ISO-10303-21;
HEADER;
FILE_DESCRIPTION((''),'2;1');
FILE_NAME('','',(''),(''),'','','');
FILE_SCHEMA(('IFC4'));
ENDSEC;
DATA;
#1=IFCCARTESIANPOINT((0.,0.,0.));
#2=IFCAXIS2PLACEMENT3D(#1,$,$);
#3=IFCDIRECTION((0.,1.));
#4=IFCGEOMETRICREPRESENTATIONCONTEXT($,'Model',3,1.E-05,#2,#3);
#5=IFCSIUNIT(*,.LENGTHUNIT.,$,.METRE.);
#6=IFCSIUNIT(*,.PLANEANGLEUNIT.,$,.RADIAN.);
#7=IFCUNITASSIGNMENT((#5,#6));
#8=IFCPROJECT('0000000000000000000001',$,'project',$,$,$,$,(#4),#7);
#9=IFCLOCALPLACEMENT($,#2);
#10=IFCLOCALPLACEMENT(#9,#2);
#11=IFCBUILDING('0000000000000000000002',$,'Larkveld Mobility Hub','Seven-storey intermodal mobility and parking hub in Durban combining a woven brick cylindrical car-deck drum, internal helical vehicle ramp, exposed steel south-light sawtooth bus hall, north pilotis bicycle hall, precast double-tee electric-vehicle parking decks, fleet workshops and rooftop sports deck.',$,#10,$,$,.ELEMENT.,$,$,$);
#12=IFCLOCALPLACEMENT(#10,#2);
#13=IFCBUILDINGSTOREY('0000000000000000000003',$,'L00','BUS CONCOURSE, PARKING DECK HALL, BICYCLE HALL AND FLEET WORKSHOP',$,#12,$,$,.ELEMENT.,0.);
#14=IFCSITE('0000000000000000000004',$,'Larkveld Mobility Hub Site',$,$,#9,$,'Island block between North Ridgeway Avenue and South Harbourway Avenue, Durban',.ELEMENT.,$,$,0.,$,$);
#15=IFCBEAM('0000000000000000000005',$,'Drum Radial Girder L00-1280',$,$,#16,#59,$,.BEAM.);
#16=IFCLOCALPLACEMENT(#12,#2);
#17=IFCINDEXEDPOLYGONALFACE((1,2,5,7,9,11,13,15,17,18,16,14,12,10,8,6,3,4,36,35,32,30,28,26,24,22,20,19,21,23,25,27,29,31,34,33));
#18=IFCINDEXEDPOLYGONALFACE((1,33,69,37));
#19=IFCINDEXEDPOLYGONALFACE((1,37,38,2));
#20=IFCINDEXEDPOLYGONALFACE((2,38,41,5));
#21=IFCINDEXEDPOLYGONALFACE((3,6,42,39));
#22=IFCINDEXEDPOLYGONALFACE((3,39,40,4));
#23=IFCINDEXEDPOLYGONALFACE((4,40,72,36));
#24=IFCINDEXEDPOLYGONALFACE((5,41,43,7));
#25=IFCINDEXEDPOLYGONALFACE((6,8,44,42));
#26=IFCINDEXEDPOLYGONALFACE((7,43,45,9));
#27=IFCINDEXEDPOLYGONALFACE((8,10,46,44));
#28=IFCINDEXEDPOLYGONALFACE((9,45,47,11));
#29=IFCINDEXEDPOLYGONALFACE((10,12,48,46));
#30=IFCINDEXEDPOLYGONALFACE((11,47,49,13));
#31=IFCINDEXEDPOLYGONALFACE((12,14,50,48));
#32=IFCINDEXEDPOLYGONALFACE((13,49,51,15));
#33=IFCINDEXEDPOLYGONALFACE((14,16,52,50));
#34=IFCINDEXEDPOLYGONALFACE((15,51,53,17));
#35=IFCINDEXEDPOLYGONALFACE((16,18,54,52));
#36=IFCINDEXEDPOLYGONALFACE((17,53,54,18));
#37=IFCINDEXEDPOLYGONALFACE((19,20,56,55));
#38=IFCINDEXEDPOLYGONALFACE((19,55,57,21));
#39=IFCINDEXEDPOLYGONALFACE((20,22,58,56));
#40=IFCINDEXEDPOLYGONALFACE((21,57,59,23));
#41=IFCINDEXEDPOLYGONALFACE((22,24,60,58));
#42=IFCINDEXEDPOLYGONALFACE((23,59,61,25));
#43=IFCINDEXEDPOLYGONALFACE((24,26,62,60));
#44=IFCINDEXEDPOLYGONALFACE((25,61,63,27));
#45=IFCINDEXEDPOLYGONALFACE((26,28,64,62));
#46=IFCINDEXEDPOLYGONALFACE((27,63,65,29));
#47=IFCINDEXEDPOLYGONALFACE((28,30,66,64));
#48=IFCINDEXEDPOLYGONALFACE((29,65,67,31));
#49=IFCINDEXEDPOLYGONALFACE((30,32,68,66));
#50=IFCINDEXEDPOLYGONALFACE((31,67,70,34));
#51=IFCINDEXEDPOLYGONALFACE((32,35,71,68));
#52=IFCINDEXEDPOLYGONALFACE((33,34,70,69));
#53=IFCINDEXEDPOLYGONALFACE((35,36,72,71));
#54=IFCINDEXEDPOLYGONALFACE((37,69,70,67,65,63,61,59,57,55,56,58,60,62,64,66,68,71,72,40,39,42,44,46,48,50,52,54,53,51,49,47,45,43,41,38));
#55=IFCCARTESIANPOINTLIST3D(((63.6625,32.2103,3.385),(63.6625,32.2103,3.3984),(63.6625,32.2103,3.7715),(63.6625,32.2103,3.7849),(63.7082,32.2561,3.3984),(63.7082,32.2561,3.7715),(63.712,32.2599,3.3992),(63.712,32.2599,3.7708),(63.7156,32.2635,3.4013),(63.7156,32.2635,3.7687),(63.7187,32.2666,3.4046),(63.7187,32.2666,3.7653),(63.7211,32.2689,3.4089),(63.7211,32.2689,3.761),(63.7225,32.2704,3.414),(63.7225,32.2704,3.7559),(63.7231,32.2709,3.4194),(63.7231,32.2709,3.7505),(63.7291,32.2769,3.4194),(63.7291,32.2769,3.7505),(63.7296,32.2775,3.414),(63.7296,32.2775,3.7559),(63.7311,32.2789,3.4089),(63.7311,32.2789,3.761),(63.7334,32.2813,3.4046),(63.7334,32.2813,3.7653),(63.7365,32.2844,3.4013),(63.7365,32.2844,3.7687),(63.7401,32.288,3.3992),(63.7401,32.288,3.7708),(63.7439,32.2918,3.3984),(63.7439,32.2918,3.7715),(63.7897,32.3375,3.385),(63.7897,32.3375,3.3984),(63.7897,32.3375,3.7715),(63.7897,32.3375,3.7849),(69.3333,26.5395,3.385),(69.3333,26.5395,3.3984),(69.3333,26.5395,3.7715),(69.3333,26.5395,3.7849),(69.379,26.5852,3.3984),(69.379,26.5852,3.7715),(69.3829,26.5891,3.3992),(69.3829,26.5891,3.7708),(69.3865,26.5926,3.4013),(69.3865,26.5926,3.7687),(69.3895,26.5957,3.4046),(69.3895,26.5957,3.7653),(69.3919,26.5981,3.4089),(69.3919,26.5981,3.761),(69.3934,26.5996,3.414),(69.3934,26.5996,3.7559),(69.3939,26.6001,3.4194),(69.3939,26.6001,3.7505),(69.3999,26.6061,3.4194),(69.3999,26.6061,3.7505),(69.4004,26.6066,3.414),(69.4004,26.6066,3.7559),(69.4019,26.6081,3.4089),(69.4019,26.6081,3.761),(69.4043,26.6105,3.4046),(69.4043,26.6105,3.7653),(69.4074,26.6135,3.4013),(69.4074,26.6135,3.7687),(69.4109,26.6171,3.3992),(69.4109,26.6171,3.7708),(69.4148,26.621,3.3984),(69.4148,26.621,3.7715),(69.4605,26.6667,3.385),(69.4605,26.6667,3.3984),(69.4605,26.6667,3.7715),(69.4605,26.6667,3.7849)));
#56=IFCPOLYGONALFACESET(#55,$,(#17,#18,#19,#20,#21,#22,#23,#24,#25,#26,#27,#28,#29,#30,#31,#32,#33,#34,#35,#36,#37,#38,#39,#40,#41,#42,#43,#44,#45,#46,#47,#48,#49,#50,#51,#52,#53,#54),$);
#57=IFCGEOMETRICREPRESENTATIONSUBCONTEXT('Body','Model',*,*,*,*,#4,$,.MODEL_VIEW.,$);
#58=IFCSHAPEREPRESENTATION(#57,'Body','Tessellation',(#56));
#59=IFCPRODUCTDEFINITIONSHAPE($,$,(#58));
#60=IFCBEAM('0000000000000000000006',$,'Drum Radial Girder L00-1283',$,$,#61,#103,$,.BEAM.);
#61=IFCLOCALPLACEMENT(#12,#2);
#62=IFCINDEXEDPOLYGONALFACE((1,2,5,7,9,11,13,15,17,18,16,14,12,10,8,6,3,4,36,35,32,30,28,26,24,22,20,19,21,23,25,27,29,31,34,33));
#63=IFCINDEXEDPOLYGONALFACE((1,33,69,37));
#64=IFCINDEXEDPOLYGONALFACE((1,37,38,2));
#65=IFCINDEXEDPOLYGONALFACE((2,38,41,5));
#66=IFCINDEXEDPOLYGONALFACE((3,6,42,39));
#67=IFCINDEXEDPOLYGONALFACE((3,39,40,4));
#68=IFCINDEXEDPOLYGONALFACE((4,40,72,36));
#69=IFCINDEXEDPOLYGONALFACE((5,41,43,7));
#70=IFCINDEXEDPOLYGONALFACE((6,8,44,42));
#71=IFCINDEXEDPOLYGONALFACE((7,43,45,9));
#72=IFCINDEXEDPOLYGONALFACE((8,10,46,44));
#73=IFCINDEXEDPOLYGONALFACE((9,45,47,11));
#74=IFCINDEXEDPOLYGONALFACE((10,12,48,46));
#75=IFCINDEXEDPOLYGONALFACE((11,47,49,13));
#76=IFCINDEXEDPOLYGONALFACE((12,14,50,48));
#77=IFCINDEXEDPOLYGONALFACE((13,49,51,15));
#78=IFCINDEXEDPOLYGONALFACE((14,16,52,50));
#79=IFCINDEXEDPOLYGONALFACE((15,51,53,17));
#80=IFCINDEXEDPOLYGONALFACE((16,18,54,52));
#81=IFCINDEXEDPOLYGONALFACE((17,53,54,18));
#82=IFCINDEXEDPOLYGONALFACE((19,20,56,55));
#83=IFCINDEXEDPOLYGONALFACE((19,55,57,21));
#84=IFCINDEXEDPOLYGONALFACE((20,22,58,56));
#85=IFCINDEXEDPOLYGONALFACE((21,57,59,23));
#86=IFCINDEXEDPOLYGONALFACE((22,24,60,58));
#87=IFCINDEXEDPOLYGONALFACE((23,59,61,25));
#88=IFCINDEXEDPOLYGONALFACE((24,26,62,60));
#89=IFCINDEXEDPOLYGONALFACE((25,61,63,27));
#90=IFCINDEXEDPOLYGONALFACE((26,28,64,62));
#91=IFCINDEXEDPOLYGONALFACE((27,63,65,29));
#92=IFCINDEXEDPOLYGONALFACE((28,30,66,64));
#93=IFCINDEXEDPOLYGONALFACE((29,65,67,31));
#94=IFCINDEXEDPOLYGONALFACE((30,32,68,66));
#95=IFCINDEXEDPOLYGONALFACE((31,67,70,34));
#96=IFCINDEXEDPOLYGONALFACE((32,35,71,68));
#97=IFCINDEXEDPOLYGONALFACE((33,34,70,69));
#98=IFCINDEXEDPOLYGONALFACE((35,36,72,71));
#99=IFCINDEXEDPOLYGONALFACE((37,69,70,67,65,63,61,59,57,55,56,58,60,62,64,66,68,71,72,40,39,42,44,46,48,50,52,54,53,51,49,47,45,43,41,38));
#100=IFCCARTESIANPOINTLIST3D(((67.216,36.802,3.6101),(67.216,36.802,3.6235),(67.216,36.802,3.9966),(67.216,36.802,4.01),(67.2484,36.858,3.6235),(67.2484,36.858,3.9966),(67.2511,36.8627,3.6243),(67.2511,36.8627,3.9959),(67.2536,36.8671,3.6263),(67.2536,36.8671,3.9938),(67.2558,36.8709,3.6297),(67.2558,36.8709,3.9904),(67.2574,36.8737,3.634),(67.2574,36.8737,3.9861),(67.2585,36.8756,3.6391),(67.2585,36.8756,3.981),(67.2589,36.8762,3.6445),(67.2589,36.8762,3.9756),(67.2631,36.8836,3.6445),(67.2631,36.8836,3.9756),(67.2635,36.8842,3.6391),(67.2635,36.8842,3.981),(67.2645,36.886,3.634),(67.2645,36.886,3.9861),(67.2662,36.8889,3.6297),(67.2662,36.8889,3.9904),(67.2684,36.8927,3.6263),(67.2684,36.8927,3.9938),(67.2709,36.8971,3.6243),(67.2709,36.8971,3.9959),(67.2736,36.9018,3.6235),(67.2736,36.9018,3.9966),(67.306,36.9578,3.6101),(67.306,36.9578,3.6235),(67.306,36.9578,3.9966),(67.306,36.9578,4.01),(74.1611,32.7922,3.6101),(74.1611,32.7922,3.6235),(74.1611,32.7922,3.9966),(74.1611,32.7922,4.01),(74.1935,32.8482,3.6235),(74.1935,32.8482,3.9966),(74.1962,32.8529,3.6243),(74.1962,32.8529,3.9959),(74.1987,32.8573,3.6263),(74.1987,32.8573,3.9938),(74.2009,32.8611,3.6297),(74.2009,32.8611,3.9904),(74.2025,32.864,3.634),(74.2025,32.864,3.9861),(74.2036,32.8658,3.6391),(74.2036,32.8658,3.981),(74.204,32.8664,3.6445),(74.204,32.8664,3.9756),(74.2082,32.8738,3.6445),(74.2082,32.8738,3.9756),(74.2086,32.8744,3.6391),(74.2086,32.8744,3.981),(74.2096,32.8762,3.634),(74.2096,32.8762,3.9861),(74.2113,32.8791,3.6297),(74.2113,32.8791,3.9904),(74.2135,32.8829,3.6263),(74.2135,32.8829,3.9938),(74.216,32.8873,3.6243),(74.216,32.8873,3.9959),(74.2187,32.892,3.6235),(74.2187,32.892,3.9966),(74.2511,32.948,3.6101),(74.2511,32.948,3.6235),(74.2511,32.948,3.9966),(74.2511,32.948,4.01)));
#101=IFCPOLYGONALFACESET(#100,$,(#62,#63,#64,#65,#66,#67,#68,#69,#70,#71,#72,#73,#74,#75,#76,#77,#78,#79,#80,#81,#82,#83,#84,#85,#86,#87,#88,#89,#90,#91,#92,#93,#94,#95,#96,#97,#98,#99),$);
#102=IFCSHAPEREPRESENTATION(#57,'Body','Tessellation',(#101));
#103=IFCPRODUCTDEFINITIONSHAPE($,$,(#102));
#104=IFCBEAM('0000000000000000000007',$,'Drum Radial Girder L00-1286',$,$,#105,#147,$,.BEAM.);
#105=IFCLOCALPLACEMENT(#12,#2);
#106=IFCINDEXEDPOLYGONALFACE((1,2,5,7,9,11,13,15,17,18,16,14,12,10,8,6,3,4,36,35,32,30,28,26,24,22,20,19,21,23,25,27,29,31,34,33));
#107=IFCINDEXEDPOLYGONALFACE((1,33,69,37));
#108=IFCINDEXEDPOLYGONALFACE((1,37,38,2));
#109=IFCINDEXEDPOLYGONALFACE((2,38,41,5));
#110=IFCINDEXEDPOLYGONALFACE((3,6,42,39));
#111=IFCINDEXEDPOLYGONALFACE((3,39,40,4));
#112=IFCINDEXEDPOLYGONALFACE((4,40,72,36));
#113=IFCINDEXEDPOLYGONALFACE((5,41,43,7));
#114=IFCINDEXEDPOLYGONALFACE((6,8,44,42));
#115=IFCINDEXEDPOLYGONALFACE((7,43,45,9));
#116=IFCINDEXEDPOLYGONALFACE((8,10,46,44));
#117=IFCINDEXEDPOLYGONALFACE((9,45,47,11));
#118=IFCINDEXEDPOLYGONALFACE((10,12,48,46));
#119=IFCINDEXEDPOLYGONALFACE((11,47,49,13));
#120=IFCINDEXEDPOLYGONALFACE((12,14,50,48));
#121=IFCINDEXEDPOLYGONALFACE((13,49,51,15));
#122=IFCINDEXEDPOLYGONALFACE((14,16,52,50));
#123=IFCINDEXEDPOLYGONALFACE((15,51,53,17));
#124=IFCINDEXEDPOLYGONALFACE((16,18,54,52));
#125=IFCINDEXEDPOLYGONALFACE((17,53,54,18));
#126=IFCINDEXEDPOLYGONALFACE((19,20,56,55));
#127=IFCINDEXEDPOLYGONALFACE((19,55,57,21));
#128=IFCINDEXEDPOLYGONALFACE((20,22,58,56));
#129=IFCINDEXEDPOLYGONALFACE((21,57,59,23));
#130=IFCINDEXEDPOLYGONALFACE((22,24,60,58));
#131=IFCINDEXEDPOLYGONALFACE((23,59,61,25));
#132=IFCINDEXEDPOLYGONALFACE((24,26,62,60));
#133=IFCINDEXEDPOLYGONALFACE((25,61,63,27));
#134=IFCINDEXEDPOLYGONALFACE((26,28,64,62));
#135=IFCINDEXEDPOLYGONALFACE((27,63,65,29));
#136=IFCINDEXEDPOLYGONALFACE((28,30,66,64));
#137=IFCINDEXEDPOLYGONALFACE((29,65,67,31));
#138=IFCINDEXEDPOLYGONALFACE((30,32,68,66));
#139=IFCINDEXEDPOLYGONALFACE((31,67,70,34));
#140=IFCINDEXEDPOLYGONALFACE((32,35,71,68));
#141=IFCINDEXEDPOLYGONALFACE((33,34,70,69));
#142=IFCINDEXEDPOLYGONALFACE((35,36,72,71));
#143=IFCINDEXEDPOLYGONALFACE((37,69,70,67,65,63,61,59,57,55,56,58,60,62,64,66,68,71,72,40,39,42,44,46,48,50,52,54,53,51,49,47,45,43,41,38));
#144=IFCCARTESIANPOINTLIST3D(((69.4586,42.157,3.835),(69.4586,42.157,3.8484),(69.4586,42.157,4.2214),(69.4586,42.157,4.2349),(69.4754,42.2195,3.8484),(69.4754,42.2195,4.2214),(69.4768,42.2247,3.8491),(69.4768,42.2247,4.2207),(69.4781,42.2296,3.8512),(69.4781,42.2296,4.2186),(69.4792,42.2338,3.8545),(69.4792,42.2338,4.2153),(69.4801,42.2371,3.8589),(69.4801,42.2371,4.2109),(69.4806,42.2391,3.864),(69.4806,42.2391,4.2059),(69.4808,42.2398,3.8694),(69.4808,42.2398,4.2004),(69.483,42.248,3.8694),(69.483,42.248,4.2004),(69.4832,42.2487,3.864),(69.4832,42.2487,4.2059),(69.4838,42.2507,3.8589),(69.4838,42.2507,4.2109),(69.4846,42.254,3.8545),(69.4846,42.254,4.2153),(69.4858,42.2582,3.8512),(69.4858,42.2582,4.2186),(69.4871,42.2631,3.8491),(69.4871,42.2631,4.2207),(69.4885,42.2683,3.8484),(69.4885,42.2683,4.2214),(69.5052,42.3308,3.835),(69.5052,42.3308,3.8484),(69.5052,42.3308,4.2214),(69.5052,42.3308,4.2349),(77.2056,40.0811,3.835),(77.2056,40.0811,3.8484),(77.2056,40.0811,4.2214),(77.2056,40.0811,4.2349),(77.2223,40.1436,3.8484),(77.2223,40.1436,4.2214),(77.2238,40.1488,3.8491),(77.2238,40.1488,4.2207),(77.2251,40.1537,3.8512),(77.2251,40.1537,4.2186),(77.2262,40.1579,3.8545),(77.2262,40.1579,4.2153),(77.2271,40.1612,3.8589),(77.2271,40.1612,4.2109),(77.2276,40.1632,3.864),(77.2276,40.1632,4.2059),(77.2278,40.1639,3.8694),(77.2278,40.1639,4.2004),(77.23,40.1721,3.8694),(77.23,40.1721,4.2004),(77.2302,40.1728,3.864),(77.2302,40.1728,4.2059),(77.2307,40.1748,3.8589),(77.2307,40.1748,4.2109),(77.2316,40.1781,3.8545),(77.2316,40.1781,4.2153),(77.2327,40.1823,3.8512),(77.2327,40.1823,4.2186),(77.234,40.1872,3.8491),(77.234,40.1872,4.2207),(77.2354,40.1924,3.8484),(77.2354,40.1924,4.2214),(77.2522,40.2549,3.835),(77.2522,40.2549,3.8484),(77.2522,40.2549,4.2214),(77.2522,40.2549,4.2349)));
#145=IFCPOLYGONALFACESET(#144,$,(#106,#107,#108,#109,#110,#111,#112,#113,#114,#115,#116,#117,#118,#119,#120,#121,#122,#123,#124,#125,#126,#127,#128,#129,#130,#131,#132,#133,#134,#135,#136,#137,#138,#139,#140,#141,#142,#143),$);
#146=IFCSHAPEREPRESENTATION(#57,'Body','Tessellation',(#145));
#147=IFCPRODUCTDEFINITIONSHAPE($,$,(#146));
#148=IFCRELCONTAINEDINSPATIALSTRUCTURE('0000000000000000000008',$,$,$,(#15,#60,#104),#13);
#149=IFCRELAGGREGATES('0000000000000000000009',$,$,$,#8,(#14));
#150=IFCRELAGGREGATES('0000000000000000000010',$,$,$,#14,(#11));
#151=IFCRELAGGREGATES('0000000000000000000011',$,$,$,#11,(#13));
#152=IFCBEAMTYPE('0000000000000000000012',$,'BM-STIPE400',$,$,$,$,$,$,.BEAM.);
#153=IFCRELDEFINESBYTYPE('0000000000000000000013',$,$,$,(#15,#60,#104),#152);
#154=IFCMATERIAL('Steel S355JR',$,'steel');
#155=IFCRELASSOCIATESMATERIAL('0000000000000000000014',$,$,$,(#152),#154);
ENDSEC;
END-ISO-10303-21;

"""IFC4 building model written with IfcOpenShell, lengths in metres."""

from ifc_helpers import new_model, si_unit, direction, frame, origin, origin_2d, place, context, subcontext, project, spatial, i_section, extrude, material, material_profile, profile_set, type_object, element, save


model = new_model("IFC4")

# Units and contexts
model_context = context("Model", 3, precision=1e-05, world=origin(), true_north=direction((0.0, 1.0)))
body_context = subcontext(model_context, "Body", "Model", "MODEL_VIEW")
ifc_project = project(units=[si_unit("LENGTHUNIT", "METRE"), si_unit("PLANEANGLEUNIT", "RADIAN")], contexts=[model_context])

# Site, building, storey
site_placement = place(None, origin())
site = spatial("IfcSite", under=ifc_project, at=site_placement, Name="Larkveld Mobility Hub Site", LongName="Island block between North Ridgeway Avenue and South Harbourway Avenue, Durban", CompositionType="ELEMENT", RefElevation=0.0)
building_placement = place(site_placement, origin())
building = spatial("IfcBuilding", under=site, at=building_placement, Name="Larkveld Mobility Hub", Description="Seven-storey intermodal mobility and parking hub in Durban combining a woven brick cylindrical car-deck drum, internal helical vehicle ramp, exposed steel south-light sawtooth bus hall, north pilotis bicycle hall, precast double-tee electric-vehicle parking decks, fleet workshops and rooftop sports deck.", CompositionType="ELEMENT")
storey_placement = place(building_placement, origin())
storey = spatial("IfcBuildingStorey", under=building, at=storey_placement, Name="L00", Description="BUS CONCOURSE, PARKING DECK HALL, BICYCLE HALL AND FLEET WORKSHOP", CompositionType="ELEMENT", Elevation=0.0)

# Beams
ifc_material_1 = material(Name="Steel S355JR", Category="steel")
ifc_material_profile_1 = material_profile(ifc_material_1, i_section(OverallWidth=0.1799, OverallDepth=0.3999, WebThickness=0.0085, FlangeThickness=0.0134, FilletRadius=0.021, at=origin_2d()), Name="IPE 400")
ifc_profile_set_1 = profile_set([ifc_material_profile_1], Name="Steel S355JR")
beam_type_1 = type_object("IfcBeamType", Name="BM-STIPE400", PredefinedType="BEAM", material=ifc_profile_set_1)
for number, where, z_axis, x_axis, name in (
    (1, (63.7261, 32.2739, 3.585), (0.707107, -0.707107, 0.0), (0.707107, 0.707107, 0.0), "Drum Radial Girder L00-1280"),
):
    element("IfcBeam", number, at=place(storey_placement, frame(where, z_axis=z_axis, x_axis=x_axis)), inside=storey, type_object=beam_type_1, Name=name, PredefinedType="BEAM", context=body_context, shape_type="SweptSolid", body=[
        extrude(i_section(OverallWidth=0.1799, OverallDepth=0.3999, WebThickness=0.0085, FlangeThickness=0.0134, FilletRadius=0.021, at=origin_2d()), origin(), (0.0, 0.0, 1.0), 8.0198),
    ])
beam_1_placement = place(storey_placement, frame((67.261, 36.8799, 3.8101), z_axis=(0.866024, -0.500003, 0.0), x_axis=(0.500003, 0.866024, 0.0)))
element("IfcBeam", 2, at=beam_1_placement, inside=storey, type_object=beam_type_1, Name="Drum Radial Girder L00-1283", PredefinedType="BEAM", context=body_context, shape_type="SweptSolid", body=[
    extrude(i_section(OverallWidth=0.1799, OverallDepth=0.3999, WebThickness=0.0085, FlangeThickness=0.0134, FilletRadius=0.021, at=origin_2d()), origin(), (0.0, 0.0, 1.0), 8.0195),
])
beam_2_placement = place(storey_placement, frame((69.4819, 42.2439, 4.0349), z_axis=(0.965923, -0.258831, 0.0), x_axis=(0.258831, 0.965923, 0.0)))
element("IfcBeam", 3, at=beam_2_placement, inside=storey, type_object=beam_type_1, Name="Drum Radial Girder L00-1286", PredefinedType="BEAM", context=body_context, shape_type="SweptSolid", body=[
    extrude(i_section(OverallWidth=0.1799, OverallDepth=0.3999, WebThickness=0.0085, FlangeThickness=0.0134, FilletRadius=0.021, at=origin_2d()), origin(), (0.0, 0.0, 1.0), 8.0203),
])

save(model, "model.ifc")
